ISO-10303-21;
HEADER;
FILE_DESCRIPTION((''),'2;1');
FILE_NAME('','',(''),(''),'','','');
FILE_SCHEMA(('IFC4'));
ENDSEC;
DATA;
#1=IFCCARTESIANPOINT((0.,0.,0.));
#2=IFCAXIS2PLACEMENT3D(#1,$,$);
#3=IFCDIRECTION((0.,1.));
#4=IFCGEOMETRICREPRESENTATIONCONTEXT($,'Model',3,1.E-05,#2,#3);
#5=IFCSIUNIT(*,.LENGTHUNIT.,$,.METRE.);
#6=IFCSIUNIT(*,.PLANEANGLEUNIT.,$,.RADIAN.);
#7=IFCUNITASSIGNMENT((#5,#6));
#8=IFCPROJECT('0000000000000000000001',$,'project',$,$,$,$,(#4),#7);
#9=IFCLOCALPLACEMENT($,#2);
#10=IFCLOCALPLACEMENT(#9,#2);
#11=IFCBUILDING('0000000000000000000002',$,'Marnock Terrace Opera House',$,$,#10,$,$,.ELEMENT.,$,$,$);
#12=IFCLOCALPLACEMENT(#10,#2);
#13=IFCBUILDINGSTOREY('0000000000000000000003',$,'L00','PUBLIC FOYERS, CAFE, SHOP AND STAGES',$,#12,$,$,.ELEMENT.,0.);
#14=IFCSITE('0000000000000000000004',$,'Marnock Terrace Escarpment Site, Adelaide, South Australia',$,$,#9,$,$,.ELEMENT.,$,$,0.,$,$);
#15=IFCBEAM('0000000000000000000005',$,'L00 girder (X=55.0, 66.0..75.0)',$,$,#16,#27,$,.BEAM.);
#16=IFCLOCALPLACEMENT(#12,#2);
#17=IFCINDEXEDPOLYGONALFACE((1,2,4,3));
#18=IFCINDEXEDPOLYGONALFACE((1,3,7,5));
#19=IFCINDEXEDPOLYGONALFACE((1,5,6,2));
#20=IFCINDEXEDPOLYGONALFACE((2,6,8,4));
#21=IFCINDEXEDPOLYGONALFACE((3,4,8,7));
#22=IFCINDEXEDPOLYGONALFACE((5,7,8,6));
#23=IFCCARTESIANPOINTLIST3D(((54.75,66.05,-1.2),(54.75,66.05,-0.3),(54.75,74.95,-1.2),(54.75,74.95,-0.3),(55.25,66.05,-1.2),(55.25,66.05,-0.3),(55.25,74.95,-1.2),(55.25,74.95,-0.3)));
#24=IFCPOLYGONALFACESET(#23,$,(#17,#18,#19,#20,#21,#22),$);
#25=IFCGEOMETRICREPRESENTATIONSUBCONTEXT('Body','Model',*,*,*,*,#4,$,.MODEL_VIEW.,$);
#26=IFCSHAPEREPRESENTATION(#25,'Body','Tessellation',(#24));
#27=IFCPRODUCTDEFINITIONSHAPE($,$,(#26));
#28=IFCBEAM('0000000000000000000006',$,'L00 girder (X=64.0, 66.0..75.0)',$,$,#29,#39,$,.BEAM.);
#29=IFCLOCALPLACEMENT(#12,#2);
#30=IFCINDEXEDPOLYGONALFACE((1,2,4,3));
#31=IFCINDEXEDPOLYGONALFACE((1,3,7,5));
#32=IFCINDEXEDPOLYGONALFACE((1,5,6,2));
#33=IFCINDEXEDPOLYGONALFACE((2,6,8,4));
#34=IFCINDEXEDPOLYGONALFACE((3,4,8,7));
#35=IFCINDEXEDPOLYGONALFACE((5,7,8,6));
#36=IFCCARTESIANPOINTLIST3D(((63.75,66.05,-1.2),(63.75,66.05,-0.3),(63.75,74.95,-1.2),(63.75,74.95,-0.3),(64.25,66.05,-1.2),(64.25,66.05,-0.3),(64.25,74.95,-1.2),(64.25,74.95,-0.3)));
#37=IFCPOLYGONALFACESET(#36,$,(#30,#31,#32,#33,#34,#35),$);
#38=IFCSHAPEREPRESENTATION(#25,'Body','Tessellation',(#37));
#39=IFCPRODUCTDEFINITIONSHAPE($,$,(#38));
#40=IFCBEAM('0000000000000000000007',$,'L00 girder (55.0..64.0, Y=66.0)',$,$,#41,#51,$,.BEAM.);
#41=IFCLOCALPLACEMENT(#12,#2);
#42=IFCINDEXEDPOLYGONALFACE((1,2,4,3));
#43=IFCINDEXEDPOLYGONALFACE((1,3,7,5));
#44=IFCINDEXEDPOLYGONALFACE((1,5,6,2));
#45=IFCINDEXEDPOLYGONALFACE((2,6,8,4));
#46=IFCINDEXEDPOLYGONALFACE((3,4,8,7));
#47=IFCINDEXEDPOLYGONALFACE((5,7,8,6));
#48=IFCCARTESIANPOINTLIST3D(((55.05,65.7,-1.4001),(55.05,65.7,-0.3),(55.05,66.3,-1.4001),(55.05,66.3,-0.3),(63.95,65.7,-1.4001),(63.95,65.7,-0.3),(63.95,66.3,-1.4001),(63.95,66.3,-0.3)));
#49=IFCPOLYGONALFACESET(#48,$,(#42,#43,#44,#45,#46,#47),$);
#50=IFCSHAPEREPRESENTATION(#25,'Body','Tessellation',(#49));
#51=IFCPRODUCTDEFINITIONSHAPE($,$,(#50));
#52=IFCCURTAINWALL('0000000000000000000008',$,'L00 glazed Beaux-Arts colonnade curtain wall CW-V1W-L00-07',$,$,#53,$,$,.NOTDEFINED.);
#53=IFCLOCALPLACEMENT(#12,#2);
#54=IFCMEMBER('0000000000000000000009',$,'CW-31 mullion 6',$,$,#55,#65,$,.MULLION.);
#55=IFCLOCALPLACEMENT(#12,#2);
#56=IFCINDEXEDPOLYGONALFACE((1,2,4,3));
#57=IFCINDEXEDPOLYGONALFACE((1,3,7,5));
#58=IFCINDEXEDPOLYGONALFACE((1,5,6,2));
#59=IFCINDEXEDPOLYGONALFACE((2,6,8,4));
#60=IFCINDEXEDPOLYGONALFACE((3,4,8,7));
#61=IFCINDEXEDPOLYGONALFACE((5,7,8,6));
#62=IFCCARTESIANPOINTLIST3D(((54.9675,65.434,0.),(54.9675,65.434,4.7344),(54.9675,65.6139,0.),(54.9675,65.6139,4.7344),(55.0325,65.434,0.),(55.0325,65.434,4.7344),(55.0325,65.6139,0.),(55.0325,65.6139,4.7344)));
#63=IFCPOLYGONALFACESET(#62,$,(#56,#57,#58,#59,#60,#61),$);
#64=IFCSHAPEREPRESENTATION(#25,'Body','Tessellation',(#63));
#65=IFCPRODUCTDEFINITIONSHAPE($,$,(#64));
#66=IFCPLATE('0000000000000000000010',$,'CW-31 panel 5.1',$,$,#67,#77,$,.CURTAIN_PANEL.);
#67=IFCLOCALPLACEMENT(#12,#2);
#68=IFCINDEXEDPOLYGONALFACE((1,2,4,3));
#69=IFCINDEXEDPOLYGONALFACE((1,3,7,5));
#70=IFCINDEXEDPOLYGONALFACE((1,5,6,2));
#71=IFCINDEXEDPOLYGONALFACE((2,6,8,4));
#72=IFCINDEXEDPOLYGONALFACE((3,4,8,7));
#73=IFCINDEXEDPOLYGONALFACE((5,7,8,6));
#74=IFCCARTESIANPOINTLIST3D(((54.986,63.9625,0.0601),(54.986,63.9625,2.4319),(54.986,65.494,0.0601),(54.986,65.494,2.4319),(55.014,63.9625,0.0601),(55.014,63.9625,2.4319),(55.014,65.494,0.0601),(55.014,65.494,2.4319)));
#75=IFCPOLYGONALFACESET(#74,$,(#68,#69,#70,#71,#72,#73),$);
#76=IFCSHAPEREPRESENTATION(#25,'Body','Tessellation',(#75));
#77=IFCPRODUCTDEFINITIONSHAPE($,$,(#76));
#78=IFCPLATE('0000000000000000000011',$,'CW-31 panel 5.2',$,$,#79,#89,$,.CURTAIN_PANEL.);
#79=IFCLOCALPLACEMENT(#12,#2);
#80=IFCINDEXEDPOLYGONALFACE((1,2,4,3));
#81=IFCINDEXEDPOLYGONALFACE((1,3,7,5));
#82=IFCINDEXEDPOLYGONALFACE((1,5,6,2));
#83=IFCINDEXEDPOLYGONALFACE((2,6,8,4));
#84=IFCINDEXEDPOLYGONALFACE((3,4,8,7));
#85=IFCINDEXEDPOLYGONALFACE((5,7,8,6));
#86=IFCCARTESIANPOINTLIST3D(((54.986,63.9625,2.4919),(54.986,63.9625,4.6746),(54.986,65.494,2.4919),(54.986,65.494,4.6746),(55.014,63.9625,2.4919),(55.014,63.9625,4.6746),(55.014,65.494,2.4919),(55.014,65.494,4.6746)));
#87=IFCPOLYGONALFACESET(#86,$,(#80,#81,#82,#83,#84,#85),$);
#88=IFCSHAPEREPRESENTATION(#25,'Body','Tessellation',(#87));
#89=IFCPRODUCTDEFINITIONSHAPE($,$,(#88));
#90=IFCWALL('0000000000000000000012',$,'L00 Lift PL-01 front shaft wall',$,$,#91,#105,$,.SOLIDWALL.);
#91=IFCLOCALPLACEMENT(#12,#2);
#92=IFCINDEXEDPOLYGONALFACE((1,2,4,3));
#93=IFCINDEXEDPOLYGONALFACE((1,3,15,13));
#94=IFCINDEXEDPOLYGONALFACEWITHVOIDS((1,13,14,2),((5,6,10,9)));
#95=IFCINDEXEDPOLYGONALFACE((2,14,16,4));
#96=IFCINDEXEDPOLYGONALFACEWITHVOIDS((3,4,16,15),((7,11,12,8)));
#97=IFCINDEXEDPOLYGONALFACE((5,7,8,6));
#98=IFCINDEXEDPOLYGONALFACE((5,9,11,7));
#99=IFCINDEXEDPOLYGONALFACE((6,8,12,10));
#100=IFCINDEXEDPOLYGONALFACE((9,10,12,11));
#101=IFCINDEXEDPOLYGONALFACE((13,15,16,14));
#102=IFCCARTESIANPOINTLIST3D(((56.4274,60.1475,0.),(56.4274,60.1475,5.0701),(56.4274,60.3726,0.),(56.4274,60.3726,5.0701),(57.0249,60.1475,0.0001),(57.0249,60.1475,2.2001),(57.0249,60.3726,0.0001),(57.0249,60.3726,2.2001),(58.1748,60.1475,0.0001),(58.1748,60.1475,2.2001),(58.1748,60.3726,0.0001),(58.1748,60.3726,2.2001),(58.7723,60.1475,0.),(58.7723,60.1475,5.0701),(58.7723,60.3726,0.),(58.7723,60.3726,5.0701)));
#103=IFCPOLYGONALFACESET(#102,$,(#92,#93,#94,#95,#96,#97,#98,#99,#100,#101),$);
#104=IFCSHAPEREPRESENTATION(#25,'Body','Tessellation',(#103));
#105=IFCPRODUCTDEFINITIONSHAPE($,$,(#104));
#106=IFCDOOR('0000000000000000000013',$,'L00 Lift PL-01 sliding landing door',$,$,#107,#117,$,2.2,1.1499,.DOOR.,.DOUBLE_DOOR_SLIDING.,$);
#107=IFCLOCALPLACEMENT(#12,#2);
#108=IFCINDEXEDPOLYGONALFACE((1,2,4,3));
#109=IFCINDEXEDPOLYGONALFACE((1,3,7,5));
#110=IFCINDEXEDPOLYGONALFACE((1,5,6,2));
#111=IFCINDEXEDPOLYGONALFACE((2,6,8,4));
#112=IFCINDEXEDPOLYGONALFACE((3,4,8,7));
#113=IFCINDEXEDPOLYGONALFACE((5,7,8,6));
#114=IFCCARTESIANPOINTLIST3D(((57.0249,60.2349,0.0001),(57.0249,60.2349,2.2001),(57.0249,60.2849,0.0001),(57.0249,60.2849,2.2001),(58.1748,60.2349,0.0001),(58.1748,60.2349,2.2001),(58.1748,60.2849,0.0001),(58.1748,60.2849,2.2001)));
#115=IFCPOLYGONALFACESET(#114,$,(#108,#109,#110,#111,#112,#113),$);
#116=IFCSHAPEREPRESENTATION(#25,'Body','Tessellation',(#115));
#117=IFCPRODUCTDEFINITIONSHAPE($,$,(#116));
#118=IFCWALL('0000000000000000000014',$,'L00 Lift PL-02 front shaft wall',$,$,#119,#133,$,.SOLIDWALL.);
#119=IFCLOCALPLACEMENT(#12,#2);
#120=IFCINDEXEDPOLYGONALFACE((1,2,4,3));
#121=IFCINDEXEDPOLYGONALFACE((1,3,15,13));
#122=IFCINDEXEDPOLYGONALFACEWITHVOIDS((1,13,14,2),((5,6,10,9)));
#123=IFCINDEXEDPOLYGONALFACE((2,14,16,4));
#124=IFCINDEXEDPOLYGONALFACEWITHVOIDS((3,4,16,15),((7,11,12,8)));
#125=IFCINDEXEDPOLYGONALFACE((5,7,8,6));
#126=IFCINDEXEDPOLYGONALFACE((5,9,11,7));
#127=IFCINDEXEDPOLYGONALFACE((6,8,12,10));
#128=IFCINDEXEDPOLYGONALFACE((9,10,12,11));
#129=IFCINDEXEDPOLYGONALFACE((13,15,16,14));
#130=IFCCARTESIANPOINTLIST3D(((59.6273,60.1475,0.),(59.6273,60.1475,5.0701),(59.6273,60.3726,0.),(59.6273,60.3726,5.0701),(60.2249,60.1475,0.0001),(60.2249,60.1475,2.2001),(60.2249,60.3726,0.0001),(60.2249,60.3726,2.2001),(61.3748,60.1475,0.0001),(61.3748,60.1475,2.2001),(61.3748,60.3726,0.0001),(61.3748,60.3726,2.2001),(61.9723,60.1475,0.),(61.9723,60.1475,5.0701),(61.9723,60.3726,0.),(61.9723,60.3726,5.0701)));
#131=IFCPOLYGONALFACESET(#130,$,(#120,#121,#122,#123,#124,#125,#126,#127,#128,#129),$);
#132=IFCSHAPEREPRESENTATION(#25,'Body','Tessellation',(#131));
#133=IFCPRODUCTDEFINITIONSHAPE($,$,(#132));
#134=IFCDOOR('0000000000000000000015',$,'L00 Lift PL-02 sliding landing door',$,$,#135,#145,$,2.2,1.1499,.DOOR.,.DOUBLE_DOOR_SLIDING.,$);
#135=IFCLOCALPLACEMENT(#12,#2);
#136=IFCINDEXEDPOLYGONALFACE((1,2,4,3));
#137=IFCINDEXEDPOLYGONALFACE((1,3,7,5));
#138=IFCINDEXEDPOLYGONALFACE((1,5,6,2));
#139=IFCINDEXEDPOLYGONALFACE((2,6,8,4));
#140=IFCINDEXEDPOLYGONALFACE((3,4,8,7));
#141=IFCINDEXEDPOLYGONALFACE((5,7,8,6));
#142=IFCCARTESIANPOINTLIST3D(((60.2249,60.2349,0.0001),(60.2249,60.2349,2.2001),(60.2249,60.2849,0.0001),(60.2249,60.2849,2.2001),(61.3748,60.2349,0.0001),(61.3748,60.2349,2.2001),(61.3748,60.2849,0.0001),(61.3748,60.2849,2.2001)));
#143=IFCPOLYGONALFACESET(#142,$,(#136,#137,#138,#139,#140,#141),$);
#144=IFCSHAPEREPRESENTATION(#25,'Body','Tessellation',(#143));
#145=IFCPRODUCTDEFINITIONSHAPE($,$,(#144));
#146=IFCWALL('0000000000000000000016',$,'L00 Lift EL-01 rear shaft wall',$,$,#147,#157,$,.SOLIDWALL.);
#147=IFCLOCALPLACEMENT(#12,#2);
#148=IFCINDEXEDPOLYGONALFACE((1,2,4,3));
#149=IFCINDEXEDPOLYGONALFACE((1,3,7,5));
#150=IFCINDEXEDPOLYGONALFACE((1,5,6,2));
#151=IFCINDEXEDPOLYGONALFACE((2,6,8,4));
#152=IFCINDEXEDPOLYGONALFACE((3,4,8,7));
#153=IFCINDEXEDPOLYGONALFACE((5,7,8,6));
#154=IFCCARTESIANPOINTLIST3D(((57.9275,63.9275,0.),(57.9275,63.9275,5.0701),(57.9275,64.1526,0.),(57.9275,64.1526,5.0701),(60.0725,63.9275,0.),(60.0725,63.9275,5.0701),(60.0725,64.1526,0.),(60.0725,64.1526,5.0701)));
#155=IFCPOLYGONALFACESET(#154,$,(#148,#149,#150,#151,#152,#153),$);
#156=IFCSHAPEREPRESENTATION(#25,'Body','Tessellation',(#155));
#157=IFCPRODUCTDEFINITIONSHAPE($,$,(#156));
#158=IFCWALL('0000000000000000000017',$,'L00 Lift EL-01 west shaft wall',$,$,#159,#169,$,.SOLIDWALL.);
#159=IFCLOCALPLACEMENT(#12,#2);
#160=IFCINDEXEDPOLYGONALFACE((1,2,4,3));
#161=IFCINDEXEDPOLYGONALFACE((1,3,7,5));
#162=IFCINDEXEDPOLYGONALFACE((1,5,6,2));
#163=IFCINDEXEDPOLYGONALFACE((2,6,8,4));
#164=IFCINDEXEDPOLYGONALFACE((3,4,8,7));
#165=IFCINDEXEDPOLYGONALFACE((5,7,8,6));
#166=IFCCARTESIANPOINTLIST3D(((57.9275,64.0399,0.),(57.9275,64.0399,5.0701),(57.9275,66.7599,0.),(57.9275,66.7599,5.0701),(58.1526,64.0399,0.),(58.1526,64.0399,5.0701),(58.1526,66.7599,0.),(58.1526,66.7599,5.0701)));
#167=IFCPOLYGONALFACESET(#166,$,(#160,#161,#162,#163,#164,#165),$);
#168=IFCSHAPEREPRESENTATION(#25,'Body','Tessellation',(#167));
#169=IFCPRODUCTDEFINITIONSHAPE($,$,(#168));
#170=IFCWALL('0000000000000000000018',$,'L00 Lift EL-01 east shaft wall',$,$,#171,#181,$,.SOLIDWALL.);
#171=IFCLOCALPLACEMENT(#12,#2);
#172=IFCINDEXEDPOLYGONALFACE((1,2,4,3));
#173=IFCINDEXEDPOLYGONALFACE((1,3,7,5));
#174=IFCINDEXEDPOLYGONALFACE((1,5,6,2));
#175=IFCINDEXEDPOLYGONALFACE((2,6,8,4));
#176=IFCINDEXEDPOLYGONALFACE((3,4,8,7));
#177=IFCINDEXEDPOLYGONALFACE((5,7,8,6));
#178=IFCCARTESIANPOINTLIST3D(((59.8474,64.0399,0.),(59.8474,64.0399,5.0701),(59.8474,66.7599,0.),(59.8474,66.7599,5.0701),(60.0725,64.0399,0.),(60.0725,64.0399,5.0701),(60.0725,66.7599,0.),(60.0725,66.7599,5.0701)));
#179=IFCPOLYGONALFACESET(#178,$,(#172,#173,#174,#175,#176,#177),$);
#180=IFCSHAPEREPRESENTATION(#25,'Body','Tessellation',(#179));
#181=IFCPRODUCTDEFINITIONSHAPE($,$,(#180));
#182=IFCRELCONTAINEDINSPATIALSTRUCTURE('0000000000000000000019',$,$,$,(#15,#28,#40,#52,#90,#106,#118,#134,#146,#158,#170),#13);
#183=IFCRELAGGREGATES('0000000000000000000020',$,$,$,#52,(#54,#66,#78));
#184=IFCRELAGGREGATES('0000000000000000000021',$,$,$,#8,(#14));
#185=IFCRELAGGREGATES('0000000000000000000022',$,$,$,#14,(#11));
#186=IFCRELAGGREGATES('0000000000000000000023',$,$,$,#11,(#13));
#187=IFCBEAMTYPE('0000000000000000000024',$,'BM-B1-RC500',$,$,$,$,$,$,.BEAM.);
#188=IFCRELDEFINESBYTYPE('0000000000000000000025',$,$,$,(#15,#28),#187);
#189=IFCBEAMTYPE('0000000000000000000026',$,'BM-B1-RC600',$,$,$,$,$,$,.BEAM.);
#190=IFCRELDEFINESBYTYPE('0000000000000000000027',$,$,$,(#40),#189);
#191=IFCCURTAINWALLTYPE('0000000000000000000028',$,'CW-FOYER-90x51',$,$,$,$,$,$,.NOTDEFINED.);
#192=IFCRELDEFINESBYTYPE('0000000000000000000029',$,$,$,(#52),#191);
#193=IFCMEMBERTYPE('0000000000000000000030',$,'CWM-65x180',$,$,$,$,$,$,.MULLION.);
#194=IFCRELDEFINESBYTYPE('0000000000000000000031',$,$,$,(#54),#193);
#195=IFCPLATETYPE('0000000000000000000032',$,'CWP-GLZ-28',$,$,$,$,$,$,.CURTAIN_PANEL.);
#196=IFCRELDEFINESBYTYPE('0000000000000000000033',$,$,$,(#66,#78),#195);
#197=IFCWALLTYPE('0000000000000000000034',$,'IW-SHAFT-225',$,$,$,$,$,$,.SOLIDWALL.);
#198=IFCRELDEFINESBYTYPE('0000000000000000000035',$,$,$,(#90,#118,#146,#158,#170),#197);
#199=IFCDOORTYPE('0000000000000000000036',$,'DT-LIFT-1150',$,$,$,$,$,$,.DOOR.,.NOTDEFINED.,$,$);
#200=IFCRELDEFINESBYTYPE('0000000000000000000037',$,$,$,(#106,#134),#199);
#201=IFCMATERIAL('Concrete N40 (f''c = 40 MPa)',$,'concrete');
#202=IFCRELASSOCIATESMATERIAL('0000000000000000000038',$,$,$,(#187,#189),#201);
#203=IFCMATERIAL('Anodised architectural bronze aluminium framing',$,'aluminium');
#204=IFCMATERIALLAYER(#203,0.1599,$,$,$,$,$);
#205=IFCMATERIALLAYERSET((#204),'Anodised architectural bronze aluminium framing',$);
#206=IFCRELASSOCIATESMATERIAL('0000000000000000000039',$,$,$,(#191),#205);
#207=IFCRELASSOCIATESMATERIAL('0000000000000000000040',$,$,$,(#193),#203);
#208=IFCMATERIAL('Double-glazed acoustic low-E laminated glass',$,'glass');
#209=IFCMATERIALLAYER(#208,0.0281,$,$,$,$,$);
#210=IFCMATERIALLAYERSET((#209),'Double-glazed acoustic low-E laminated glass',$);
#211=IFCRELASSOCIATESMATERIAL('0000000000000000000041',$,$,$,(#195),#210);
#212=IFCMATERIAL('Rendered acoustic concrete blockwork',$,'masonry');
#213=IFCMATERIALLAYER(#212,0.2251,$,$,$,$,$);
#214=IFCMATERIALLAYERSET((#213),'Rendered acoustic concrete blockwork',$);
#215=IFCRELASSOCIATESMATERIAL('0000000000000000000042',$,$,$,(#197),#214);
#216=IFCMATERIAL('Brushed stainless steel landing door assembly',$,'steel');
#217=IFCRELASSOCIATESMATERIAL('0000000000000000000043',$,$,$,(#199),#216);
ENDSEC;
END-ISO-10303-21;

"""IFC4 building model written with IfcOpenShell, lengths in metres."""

from ifc_helpers import new_model, si_unit, direction, frame, frame_2d, origin, origin_2d, place, context, subcontext, project, spatial, rectangle, extrude, material, layer, layer_set, material_profile, profile_set, type_object, element, fill, aggregate, save


model = new_model("IFC4")

# Units and contexts
model_context = context("Model", 3, precision=1e-05, world=origin(), true_north=direction((0.0, 1.0)))
body_context = subcontext(model_context, "Body", "Model", "MODEL_VIEW")
ifc_project = project(units=[si_unit("LENGTHUNIT", "METRE"), si_unit("PLANEANGLEUNIT", "RADIAN")], contexts=[model_context])

# Site, building, storey
site_placement = place(None, origin())
site = spatial("IfcSite", under=ifc_project, at=site_placement, Name="Marnock Terrace Escarpment Site, Adelaide, South Australia", CompositionType="ELEMENT", RefElevation=0.0)
building_placement = place(site_placement, origin())
building = spatial("IfcBuilding", under=site, at=building_placement, Name="Marnock Terrace Opera House", CompositionType="ELEMENT")
storey_placement = place(building_placement, origin())
storey = spatial("IfcBuildingStorey", under=building, at=storey_placement, Name="L00", Description="PUBLIC FOYERS, CAFE, SHOP AND STAGES", CompositionType="ELEMENT", Elevation=0.0)

# Beams
ifc_material_1 = material(Name="Concrete N40 (f'c = 40 MPa)", Category="concrete")
ifc_material_profile_1 = material_profile(ifc_material_1, rectangle(XDim=0.5, YDim=0.8999, at=origin_2d()))
ifc_profile_set_1 = profile_set([ifc_material_profile_1], Name="Concrete N40 (f'c = 40 MPa)")
beam_type_1 = type_object("IfcBeamType", Name="BM-B1-RC500", PredefinedType="BEAM", material=ifc_profile_set_1)
for number, where, z_axis, x_axis, name in (
    (1, (55.0, 66.05, -0.75), (0.0, 1.0, 0.0), (-1.0, 0.0, 0.0), "L00 girder (X=55.0, 66.0..75.0)"),
    (2, (64.0, 66.05, -0.75), (0.0, 1.0, 0.0), (-1.0, 0.0, 0.0), "L00 girder (X=64.0, 66.0..75.0)"),
):
    element("IfcBeam", number, at=place(storey_placement, frame(where, z_axis=z_axis, x_axis=x_axis)), inside=storey, type_object=beam_type_1, Name=name, PredefinedType="BEAM", context=body_context, shape_type="SweptSolid", body=[
        extrude(rectangle(XDim=0.5, YDim=0.8999, at=origin_2d()), origin(), (0.0, 0.0, 1.0), 8.8999),
    ])
ifc_material_profile_2 = material_profile(ifc_material_1, rectangle(XDim=0.6001, YDim=1.1001, at=origin_2d()))
ifc_profile_set_2 = profile_set([ifc_material_profile_2], Name="Concrete N40 (f'c = 40 MPa)")
beam_type_2 = type_object("IfcBeamType", Name="BM-B1-RC600", PredefinedType="BEAM", material=ifc_profile_set_2)
beam_placement = place(storey_placement, frame((55.05, 66.0, -0.8501), z_axis=(1.0, 0.0, 0.0), x_axis=(0.0, 1.0, 0.0)))
element("IfcBeam", 3, at=beam_placement, inside=storey, type_object=beam_type_2, Name="L00 girder (55.0..64.0, Y=66.0)", PredefinedType="BEAM", context=body_context, shape_type="SweptSolid", body=[
    extrude(rectangle(XDim=0.6001, YDim=1.1001, at=origin_2d()), origin(), (0.0, 0.0, 1.0), 8.8999),
])

# Curtain wall, member, plates
ifc_material_2 = material(Name="Anodised architectural bronze aluminium framing", Category="aluminium")
ifc_layer_1 = layer(ifc_material_2, 0.1599)
ifc_layer_set_1 = layer_set([ifc_layer_1], Name="Anodised architectural bronze aluminium framing")
curtain_wall_type = type_object("IfcCurtainWallType", Name="CW-FOYER-90x51", PredefinedType="NOTDEFINED", material=ifc_layer_set_1)
curtain_wall_placement = place(storey_placement, origin())
curtain_wall = element("IfcCurtainWall", 4, at=curtain_wall_placement, inside=storey, type_object=curtain_wall_type, Name="L00 glazed Beaux-Arts colonnade curtain wall CW-V1W-L00-07", PredefinedType="NOTDEFINED")
ifc_material_profile_3 = material_profile(ifc_material_2, rectangle(XDim=0.0649, YDim=0.1799, at=origin_2d()))
ifc_profile_set_3 = profile_set([ifc_material_profile_3], Name="Anodised architectural bronze aluminium framing")
member_type = type_object("IfcMemberType", Name="CWM-65x180", PredefinedType="MULLION", material=ifc_profile_set_3)
member_placement = place(storey_placement, frame((55.0, 65.5239, 0.0), z_axis=(0.0, 0.0, 1.0), x_axis=(-1.0, 0.0, 0.0)))
member = element("IfcMember", 5, at=member_placement, type_object=member_type, Name="CW-31 mullion 6", PredefinedType="MULLION", context=body_context, shape_type="SweptSolid", body=[
    extrude(rectangle(XDim=0.0649, YDim=0.1799, at=origin_2d()), origin(), (0.0, 0.0, 1.0), 4.7344),
])
ifc_material_3 = material(Name="Double-glazed acoustic low-E laminated glass", Category="glass")
ifc_layer_2 = layer(ifc_material_3, 0.0281)
ifc_layer_set_2 = layer_set([ifc_layer_2], Name="Double-glazed acoustic low-E laminated glass")
plate_type = type_object("IfcPlateType", Name="CWP-GLZ-28", PredefinedType="CURTAIN_PANEL", material=ifc_layer_set_2)
plate_1_placement = place(storey_placement, frame((55.0, 64.7283, 0.0601), z_axis=(0.0, 0.0, 1.0), x_axis=(0.0, 1.0, 0.0)))
plate_1 = element("IfcPlate", 6, at=plate_1_placement, type_object=plate_type, Name="CW-31 panel 5.1", PredefinedType="CURTAIN_PANEL", context=body_context, shape_type="SweptSolid", body=[
    extrude(rectangle(XDim=1.5315, YDim=0.0281, at=origin_2d()), origin(), (0.0, 0.0, 1.0), 2.3718),
])
plate_2_placement = place(storey_placement, frame((55.0, 64.7283, 2.4919), z_axis=(0.0, 0.0, 1.0), x_axis=(0.0, 1.0, 0.0)))
plate_2 = element("IfcPlate", 7, at=plate_2_placement, type_object=plate_type, Name="CW-31 panel 5.2", PredefinedType="CURTAIN_PANEL", context=body_context, shape_type="SweptSolid", body=[
    extrude(rectangle(XDim=1.5315, YDim=0.0281, at=origin_2d()), origin(), (0.0, 0.0, 1.0), 2.1826),
])
aggregate(curtain_wall, [member, plate_1, plate_2])

# Walls, openings, doors
ifc_material_4 = material(Name="Rendered acoustic concrete blockwork", Category="masonry")
ifc_layer_3 = layer(ifc_material_4, 0.2251)
ifc_layer_set_3 = layer_set([ifc_layer_3], Name="Rendered acoustic concrete blockwork")
wall_type_1 = type_object("IfcWallType", Name="IW-SHAFT-225", PredefinedType="SOLIDWALL", material=ifc_layer_set_3)
wall_1_placement = place(storey_placement, frame((56.4275, 60.26, 0.0), z_axis=(0.0, 0.0, 1.0), x_axis=(1.0, 0.0, 0.0)))
wall_1 = element("IfcWall", 8, at=wall_1_placement, inside=storey, type_object=wall_type_1, Name="L00 Lift PL-01 front shaft wall", PredefinedType="SOLIDWALL", context=body_context, shape_type="SweptSolid", body=[
    extrude(rectangle(XDim=2.345, YDim=0.2251, at=frame_2d((1.1724, 0.0))), origin(), (0.0, 0.0, 1.0), 5.0701),
])
opening_1_placement = place(wall_1_placement, frame((0.5974, 0.0, 0.0)))
opening_1 = element("IfcOpeningElement", 9, at=opening_1_placement, cuts=wall_1, PredefinedType="OPENING", context=body_context, shape_type="SweptSolid", body=[
    extrude(rectangle(XDim=1.1499, YDim=2.2, at=frame_2d((0.575, 1.1001))), frame((0.0, 0.1226, 0.0), z_axis=(0.0, -1.0, 0.0), x_axis=(1.0, 0.0, 0.0)), (0.0, 0.0, 1.0), 0.2451),
])
ifc_material_5 = material(Name="Brushed stainless steel landing door assembly", Category="steel")
door_type = type_object("IfcDoorType", Name="DT-LIFT-1150", OperationType="NOTDEFINED", PredefinedType="DOOR", material=ifc_material_5)
door_1_placement = place(opening_1_placement, origin())
door_1 = element("IfcDoor", 10, at=door_1_placement, inside=storey, type_object=door_type, Name="L00 Lift PL-01 sliding landing door", OperationType="DOUBLE_DOOR_SLIDING", OverallHeight=2.2, OverallWidth=1.1499, PredefinedType="DOOR", context=body_context, shape_type="SweptSolid", body=[
    extrude(rectangle(XDim=1.1499, YDim=2.2, at=frame_2d((0.575, 1.1001))), frame((0.0, 0.0249, 0.0), z_axis=(0.0, -1.0, 0.0), x_axis=(1.0, 0.0, 0.0)), (0.0, 0.0, 1.0), 0.05),
])
fill(opening_1, door_1)
wall_2_placement = place(storey_placement, frame((59.6274, 60.26, 0.0), z_axis=(0.0, 0.0, 1.0), x_axis=(1.0, 0.0, 0.0)))
wall_2 = element("IfcWall", 11, at=wall_2_placement, inside=storey, type_object=wall_type_1, Name="L00 Lift PL-02 front shaft wall", PredefinedType="SOLIDWALL", context=body_context, shape_type="SweptSolid", body=[
    extrude(rectangle(XDim=2.345, YDim=0.2251, at=frame_2d((1.1724, 0.0))), origin(), (0.0, 0.0, 1.0), 5.0701),
])
opening_2_placement = place(wall_2_placement, frame((0.5974, 0.0, 0.0)))
opening_2 = element("IfcOpeningElement", 12, at=opening_2_placement, cuts=wall_2, PredefinedType="OPENING", context=body_context, shape_type="SweptSolid", body=[
    extrude(rectangle(XDim=1.1499, YDim=2.2, at=frame_2d((0.575, 1.1001))), frame((0.0, 0.1226, 0.0), z_axis=(0.0, -1.0, 0.0), x_axis=(1.0, 0.0, 0.0)), (0.0, 0.0, 1.0), 0.2451),
])
door_2_placement = place(opening_2_placement, origin())
door_2 = element("IfcDoor", 13, at=door_2_placement, inside=storey, type_object=door_type, Name="L00 Lift PL-02 sliding landing door", OperationType="DOUBLE_DOOR_SLIDING", OverallHeight=2.2, OverallWidth=1.1499, PredefinedType="DOOR", context=body_context, shape_type="SweptSolid", body=[
    extrude(rectangle(XDim=1.1499, YDim=2.2, at=frame_2d((0.575, 1.1001))), frame((0.0, 0.0249, 0.0), z_axis=(0.0, -1.0, 0.0), x_axis=(1.0, 0.0, 0.0)), (0.0, 0.0, 1.0), 0.05),
])
fill(opening_2, door_2)

# Walls
wall_3_placement = place(storey_placement, frame((57.9275, 64.04, 0.0), z_axis=(0.0, 0.0, 1.0), x_axis=(1.0, 0.0, 0.0)))
element("IfcWall", 14, at=wall_3_placement, inside=storey, type_object=wall_type_1, Name="L00 Lift EL-01 rear shaft wall", PredefinedType="SOLIDWALL", context=body_context, shape_type="SweptSolid", body=[
    extrude(rectangle(XDim=2.145, YDim=0.2251, at=frame_2d((1.0725, 0.0))), origin(), (0.0, 0.0, 1.0), 5.0701),
])
for number, where, z_axis, x_axis, name in (
    (15, (58.04, 64.04, 0.0), (0.0, 0.0, 1.0), (0.0, 1.0, 0.0), "L00 Lift EL-01 west shaft wall"),
    (16, (59.96, 64.04, 0.0), (0.0, 0.0, 1.0), (0.0, 1.0, 0.0), "L00 Lift EL-01 east shaft wall"),
):
    element("IfcWall", number, at=place(storey_placement, frame(where, z_axis=z_axis, x_axis=x_axis)), inside=storey, type_object=wall_type_1, Name=name, PredefinedType="SOLIDWALL", context=body_context, shape_type="SweptSolid", body=[
        extrude(rectangle(XDim=2.72, YDim=0.2251, at=frame_2d((1.3599, 0.0))), origin(), (0.0, 0.0, 1.0), 5.0701),
    ])

save(model, "model.ifc")
